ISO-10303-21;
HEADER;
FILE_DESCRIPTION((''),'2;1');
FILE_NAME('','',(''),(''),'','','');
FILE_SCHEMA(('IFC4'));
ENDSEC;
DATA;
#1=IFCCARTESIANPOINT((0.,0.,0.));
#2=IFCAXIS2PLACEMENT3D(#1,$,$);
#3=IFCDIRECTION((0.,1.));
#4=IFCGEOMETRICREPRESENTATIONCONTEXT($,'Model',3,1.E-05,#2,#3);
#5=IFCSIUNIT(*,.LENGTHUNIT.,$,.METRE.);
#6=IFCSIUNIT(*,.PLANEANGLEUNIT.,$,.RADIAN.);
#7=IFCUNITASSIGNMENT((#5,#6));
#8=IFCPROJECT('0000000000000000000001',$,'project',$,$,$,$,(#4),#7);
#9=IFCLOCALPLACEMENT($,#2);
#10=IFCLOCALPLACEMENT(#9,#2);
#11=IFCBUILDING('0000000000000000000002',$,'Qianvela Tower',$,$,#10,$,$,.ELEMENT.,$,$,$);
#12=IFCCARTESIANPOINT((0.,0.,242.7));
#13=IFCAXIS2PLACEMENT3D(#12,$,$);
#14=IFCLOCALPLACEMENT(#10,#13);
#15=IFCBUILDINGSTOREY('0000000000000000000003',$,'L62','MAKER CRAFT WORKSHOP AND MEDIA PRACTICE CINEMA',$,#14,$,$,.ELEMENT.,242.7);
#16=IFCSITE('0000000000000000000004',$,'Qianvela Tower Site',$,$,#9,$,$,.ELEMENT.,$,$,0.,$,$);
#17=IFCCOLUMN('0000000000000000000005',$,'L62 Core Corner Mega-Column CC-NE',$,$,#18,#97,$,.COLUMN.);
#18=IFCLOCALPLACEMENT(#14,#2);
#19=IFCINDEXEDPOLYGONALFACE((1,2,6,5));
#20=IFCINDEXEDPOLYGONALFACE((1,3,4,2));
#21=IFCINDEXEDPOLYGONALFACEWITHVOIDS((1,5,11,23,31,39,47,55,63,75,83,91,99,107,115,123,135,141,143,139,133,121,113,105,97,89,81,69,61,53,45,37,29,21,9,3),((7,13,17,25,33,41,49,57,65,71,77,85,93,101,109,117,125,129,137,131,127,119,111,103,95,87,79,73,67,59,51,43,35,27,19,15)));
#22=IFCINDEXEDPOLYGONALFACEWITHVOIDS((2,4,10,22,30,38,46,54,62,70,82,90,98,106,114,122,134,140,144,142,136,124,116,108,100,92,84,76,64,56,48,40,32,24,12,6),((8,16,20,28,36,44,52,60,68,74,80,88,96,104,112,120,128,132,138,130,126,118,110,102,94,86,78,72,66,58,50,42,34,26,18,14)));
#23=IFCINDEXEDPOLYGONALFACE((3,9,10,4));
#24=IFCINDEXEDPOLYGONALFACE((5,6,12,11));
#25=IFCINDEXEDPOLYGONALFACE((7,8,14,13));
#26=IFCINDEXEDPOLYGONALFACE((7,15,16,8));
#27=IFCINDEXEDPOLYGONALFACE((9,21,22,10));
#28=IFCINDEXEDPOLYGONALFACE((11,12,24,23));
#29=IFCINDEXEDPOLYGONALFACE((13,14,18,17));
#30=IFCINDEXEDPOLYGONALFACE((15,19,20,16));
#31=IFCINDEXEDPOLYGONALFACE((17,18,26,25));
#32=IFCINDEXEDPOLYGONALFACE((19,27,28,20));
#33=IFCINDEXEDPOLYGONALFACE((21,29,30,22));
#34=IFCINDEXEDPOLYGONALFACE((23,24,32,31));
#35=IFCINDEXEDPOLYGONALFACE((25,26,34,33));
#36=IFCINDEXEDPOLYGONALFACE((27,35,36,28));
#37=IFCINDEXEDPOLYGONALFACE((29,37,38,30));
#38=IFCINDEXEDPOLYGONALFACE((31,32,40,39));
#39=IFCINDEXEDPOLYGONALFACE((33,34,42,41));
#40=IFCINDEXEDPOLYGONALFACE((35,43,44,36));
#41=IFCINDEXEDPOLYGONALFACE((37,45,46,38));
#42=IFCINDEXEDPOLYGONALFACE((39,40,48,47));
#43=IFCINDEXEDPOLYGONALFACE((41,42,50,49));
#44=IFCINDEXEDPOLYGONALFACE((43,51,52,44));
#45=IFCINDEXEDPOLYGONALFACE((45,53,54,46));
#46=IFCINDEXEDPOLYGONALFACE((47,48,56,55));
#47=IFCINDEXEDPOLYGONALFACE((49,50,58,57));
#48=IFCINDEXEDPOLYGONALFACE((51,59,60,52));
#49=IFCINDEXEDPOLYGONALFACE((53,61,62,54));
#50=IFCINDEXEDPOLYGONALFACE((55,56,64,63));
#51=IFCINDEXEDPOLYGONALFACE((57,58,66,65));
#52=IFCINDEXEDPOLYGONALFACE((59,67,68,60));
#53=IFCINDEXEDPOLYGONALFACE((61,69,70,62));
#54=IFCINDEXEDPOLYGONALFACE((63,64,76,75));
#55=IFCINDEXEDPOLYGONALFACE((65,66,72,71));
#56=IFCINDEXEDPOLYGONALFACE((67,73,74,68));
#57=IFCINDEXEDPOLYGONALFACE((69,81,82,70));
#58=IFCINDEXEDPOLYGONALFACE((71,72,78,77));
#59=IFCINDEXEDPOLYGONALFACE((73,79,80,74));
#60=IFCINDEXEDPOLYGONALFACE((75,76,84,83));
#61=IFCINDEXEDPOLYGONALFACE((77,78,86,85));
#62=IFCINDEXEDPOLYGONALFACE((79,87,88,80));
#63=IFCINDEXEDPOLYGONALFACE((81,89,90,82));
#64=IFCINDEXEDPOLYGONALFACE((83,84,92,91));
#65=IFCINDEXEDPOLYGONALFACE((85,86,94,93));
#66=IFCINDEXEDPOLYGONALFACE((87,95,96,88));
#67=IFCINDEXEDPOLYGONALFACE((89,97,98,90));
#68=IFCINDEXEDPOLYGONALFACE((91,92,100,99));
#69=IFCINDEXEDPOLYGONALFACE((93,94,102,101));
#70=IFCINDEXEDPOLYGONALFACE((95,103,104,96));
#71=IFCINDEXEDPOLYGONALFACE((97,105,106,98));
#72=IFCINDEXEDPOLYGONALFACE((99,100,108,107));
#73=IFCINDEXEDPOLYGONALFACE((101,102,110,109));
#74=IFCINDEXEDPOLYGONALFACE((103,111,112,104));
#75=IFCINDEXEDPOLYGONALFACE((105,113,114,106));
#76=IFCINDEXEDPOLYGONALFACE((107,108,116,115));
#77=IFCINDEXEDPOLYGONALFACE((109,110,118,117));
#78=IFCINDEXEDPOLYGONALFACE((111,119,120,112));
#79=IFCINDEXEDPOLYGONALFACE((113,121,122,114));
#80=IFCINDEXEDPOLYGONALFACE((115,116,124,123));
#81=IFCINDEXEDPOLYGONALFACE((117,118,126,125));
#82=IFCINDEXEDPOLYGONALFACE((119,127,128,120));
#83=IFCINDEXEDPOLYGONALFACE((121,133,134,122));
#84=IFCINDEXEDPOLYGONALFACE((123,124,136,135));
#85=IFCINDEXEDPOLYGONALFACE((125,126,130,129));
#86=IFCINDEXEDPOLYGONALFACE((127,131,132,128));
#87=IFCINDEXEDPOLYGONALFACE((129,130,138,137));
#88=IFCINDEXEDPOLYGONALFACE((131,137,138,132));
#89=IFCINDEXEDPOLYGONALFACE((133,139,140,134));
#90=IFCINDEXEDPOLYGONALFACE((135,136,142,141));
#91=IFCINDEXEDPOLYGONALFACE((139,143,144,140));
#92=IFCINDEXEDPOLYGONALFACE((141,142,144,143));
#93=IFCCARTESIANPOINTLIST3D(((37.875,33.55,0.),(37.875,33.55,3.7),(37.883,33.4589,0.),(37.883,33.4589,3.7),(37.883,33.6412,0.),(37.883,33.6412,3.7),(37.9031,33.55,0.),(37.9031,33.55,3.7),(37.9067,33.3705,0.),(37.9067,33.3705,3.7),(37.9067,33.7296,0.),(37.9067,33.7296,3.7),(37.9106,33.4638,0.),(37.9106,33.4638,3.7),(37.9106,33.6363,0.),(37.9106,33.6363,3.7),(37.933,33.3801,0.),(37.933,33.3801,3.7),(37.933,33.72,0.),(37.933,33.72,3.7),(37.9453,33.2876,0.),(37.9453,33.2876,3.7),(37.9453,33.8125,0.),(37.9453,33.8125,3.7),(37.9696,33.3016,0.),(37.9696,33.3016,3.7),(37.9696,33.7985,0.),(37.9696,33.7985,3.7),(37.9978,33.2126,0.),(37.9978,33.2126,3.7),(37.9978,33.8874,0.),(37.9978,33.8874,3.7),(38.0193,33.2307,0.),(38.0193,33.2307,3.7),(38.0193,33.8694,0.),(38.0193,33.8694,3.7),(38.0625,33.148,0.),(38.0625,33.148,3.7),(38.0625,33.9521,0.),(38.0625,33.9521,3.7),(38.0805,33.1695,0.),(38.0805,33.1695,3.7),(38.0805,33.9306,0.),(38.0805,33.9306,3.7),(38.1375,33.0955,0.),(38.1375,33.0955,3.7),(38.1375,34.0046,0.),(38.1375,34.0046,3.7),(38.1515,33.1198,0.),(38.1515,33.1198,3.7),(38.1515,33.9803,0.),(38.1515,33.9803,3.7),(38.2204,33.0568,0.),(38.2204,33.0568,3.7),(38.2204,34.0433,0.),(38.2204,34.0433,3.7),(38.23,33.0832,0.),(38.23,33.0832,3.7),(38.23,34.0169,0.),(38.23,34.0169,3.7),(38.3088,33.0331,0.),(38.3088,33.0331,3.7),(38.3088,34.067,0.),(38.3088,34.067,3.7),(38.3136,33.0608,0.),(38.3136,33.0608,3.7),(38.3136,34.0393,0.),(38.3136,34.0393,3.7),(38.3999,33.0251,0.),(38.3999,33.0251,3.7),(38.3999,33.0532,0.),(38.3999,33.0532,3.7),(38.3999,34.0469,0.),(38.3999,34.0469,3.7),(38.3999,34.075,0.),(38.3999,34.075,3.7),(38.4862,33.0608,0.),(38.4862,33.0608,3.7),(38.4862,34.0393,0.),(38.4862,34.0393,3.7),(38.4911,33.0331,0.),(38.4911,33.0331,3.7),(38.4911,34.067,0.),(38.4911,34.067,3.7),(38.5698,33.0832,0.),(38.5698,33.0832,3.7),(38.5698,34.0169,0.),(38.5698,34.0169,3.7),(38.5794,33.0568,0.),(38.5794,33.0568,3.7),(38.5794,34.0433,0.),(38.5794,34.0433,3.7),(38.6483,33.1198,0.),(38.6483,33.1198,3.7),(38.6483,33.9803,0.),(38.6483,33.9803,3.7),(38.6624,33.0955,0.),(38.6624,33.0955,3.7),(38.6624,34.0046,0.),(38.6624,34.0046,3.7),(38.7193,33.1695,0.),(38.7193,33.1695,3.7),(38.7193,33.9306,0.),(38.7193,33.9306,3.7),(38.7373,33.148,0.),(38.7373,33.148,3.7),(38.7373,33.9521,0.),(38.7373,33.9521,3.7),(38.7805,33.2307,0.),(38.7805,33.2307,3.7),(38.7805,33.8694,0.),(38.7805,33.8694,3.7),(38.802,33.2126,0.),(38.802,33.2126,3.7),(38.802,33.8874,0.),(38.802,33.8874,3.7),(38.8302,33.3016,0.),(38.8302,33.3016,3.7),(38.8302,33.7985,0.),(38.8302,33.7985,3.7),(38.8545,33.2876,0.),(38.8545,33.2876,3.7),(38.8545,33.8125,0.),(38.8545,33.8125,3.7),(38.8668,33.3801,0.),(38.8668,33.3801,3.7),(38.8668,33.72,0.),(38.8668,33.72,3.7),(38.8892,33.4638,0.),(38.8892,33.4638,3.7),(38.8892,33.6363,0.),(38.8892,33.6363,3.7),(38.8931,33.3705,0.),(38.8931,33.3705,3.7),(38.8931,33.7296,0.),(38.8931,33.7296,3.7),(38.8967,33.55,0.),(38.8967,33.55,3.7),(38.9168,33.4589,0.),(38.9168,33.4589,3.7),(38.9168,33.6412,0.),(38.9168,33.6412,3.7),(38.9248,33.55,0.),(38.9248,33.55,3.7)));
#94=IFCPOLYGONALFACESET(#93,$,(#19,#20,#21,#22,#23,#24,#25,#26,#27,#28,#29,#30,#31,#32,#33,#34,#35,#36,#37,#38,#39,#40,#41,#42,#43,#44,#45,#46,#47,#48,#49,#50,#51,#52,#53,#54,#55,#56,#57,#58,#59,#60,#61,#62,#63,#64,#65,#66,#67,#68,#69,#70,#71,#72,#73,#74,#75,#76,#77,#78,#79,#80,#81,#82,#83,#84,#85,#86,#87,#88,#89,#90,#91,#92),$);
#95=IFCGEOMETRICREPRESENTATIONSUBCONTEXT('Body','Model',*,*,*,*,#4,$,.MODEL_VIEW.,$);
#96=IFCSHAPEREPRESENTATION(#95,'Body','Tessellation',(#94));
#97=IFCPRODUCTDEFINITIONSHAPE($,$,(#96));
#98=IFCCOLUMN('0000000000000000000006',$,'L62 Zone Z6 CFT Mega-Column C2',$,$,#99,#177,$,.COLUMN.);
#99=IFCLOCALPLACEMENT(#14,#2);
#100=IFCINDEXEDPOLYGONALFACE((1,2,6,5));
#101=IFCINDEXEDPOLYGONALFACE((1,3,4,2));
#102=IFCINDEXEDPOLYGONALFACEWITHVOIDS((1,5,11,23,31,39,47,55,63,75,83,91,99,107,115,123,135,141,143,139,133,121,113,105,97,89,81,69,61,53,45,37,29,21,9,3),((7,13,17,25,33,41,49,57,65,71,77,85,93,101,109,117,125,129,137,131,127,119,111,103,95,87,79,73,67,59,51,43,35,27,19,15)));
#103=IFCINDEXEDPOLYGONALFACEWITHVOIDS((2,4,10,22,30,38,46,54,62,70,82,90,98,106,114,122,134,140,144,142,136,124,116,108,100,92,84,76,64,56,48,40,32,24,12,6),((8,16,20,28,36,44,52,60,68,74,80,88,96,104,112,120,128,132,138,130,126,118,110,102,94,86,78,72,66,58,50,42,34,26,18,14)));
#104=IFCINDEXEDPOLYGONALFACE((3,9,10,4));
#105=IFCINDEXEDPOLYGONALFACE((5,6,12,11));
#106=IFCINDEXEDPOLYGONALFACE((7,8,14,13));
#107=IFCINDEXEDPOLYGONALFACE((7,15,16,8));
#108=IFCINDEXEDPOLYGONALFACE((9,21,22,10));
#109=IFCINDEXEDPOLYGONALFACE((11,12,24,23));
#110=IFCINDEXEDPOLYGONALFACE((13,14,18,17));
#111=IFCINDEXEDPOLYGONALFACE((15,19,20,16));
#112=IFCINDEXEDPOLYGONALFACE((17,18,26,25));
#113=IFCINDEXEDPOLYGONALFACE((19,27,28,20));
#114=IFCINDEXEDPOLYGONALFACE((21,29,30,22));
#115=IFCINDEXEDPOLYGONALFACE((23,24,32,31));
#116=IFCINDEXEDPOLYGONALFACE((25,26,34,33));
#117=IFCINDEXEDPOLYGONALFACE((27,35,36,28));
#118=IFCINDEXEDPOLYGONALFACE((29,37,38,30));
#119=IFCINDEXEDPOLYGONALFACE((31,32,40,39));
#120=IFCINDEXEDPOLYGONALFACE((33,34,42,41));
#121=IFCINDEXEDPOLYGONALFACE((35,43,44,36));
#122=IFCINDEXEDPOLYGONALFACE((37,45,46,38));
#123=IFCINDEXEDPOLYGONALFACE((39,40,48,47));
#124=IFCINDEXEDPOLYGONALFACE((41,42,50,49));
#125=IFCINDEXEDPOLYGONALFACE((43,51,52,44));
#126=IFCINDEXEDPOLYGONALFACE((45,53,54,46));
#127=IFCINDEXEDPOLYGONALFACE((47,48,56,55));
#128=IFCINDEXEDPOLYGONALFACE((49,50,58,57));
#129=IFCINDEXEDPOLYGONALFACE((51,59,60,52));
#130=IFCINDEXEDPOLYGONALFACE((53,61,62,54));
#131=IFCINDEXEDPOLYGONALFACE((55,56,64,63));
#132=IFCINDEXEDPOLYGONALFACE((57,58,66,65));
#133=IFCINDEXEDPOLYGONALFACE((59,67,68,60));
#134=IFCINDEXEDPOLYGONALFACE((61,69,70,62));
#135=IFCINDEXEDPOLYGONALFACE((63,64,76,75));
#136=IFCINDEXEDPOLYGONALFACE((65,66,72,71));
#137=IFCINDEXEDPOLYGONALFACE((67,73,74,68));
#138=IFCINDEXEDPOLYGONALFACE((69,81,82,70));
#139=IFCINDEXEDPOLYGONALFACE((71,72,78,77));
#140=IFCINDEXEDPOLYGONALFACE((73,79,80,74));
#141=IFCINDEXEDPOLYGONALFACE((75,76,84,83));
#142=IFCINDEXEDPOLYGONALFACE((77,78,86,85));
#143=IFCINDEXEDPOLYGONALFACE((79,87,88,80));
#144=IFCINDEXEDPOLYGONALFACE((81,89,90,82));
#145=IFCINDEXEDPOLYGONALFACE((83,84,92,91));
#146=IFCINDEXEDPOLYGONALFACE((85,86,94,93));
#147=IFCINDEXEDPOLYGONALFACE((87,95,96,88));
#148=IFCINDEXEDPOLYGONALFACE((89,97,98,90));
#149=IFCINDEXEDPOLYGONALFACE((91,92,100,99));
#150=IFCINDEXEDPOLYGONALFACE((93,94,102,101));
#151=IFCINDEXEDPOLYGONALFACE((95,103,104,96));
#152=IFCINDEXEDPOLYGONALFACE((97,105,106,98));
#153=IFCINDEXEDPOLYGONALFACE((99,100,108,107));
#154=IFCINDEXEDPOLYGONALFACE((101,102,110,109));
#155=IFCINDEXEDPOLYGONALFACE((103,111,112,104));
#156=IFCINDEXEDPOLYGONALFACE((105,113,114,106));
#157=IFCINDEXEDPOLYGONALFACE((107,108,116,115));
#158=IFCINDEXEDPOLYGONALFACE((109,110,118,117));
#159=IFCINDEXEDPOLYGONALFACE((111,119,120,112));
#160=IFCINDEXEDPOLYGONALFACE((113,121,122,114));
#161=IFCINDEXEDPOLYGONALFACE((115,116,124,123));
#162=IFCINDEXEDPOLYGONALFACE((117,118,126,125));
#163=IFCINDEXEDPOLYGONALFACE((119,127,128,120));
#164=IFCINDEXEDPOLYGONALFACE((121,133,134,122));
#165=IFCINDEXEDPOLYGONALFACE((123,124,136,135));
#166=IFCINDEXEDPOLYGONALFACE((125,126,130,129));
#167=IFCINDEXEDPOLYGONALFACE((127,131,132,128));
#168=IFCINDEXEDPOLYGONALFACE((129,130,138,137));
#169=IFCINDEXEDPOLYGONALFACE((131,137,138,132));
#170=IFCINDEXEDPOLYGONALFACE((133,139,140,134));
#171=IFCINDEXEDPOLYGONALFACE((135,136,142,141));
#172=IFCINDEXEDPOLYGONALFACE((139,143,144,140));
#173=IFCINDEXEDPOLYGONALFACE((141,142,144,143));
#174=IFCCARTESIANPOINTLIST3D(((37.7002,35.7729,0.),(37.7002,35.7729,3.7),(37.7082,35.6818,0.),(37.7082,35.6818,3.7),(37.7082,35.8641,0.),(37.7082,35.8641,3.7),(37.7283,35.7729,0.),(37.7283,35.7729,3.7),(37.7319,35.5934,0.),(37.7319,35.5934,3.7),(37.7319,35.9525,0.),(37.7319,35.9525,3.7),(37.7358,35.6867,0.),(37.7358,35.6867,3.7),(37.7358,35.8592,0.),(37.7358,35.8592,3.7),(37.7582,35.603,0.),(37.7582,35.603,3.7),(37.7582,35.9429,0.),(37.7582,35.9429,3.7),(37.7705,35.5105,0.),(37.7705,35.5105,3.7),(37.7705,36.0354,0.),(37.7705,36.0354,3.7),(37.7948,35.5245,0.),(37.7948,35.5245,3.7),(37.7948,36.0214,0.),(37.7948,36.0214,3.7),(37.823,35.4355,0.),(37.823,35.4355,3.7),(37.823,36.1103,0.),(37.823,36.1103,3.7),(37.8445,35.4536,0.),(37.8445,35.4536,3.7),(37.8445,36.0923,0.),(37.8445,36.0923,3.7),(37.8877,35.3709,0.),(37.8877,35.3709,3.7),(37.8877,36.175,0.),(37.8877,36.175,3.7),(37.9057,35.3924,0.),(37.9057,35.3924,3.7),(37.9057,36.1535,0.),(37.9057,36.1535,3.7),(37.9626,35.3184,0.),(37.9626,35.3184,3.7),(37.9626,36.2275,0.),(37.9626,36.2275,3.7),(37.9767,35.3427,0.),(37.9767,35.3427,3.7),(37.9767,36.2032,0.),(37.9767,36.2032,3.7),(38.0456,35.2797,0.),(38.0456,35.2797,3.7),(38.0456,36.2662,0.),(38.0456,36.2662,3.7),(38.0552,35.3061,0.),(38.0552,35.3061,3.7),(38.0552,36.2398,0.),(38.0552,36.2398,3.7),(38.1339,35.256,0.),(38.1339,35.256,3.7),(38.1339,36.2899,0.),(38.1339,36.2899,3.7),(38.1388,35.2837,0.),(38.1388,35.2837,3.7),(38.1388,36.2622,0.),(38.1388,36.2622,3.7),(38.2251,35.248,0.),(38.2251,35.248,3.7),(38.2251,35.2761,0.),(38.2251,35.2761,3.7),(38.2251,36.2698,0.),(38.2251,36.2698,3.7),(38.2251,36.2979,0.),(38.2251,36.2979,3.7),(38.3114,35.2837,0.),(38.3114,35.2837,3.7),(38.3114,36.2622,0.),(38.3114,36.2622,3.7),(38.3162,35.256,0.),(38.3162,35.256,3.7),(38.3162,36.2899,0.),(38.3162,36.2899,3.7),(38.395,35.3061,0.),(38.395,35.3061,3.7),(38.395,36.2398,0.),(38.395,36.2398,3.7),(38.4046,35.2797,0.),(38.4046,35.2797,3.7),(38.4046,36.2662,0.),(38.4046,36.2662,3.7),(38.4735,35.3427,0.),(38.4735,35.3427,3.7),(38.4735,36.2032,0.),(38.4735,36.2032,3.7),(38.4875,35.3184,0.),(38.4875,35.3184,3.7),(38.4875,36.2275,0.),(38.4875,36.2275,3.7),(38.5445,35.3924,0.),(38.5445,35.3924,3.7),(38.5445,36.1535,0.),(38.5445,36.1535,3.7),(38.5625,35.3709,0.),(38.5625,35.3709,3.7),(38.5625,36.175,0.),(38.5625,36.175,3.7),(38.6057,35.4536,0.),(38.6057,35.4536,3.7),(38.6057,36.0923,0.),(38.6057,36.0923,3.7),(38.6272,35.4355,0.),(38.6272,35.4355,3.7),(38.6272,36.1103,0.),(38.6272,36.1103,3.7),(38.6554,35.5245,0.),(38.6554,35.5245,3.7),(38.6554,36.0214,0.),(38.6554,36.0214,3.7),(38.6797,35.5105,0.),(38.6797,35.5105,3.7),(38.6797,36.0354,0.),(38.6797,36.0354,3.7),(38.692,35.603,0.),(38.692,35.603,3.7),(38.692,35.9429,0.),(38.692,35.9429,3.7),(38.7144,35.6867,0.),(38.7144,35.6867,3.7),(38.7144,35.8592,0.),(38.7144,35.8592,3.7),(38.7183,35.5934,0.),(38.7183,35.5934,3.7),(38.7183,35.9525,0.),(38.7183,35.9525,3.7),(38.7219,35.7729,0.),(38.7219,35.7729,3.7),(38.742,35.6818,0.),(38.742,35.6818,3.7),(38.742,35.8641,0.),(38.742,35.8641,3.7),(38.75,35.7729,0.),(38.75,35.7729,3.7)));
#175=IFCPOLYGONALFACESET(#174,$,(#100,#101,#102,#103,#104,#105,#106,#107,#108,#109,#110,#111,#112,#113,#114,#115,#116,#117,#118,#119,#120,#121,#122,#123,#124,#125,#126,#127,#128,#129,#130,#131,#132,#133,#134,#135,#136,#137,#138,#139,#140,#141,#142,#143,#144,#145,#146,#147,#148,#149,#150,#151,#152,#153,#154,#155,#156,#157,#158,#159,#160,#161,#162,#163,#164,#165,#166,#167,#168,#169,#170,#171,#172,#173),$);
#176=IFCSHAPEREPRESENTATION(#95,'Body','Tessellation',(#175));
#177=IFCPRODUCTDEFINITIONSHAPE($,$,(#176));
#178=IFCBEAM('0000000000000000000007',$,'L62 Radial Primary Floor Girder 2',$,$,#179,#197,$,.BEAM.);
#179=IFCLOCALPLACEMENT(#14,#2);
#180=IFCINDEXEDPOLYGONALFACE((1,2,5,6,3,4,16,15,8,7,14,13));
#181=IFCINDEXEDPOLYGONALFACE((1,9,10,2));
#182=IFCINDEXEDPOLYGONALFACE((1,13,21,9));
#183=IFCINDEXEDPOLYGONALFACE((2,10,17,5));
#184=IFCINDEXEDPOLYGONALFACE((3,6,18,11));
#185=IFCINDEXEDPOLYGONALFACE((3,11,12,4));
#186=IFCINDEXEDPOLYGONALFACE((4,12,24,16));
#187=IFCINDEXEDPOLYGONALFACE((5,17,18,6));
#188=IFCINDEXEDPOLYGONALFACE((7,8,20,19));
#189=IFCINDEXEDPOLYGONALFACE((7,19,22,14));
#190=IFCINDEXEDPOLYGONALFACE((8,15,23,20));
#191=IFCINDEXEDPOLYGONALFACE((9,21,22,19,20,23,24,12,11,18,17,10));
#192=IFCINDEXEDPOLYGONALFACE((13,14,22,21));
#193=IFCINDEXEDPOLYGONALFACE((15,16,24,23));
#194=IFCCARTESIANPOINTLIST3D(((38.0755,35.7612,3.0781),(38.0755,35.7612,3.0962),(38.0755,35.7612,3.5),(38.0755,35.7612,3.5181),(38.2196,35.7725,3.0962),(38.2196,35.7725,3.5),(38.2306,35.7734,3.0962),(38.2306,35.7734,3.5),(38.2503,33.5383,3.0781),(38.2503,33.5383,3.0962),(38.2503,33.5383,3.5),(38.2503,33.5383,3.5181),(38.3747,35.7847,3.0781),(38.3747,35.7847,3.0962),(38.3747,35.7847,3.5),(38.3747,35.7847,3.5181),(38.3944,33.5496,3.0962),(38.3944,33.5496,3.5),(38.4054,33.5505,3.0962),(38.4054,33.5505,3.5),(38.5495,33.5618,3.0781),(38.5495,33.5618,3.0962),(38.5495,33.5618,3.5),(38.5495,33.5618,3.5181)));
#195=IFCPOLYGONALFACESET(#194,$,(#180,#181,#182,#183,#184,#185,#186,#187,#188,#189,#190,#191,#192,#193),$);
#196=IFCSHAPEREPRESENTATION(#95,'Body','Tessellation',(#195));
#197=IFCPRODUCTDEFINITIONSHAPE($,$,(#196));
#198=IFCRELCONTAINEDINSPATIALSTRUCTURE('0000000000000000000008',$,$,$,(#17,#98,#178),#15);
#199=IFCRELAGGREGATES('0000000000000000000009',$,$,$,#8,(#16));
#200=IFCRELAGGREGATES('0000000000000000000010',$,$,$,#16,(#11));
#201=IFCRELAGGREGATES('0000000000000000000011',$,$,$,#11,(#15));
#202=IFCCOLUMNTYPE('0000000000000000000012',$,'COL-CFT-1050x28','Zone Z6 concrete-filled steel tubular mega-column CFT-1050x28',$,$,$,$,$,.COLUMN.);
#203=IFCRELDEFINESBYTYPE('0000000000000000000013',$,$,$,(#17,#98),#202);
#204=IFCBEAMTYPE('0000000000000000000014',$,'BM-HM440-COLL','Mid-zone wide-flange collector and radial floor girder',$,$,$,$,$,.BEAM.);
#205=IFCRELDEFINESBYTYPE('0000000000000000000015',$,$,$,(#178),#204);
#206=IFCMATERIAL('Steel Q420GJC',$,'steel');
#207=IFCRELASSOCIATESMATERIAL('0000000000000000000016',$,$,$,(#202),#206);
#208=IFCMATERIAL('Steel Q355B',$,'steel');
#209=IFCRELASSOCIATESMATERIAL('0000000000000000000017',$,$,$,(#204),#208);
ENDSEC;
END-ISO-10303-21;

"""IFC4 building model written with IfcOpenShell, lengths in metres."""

from ifc_helpers import new_model, si_unit, direction, frame, origin, origin_2d, place, context, subcontext, project, spatial, hollow_circle, i_section, extrude, material, material_profile, profile_set, type_object, element, save


model = new_model("IFC4")

# Units and contexts
model_context = context("Model", 3, precision=1e-05, world=origin(), true_north=direction((0.0, 1.0)))
body_context = subcontext(model_context, "Body", "Model", "MODEL_VIEW")
ifc_project = project(units=[si_unit("LENGTHUNIT", "METRE"), si_unit("PLANEANGLEUNIT", "RADIAN")], contexts=[model_context])

# Site, building, storey
site_placement = place(None, origin())
site = spatial("IfcSite", under=ifc_project, at=site_placement, Name="Qianvela Tower Site", CompositionType="ELEMENT", RefElevation=0.0)
building_placement = place(site_placement, origin())
building = spatial("IfcBuilding", under=site, at=building_placement, Name="Qianvela Tower", CompositionType="ELEMENT")
storey_placement = place(building_placement, frame((0.0, 0.0, 242.7)))
storey = spatial("IfcBuildingStorey", under=building, at=storey_placement, Name="L62", Description="MAKER CRAFT WORKSHOP AND MEDIA PRACTICE CINEMA", CompositionType="ELEMENT", Elevation=242.7)

# Columns
ifc_material_1 = material(Name="Steel Q420GJC", Category="steel")
ifc_material_profile_1 = material_profile(ifc_material_1, hollow_circle(Radius=0.5249, WallThickness=0.0281, at=origin_2d()), Name="CFT-1050x28")
ifc_profile_set_1 = profile_set([ifc_material_profile_1], Name="Steel Q420GJC")
column_type = type_object("IfcColumnType", Name="COL-CFT-1050x28", Description="Zone Z6 concrete-filled steel tubular mega-column CFT-1050x28", PredefinedType="COLUMN", material=ifc_profile_set_1)
for number, where, z_axis, x_axis, name in (
    (1, (38.3999, 33.55, 0.0), (0.0, 0.0, 1.0), (1.0, 0.0, 0.0), "L62 Core Corner Mega-Column CC-NE"),
    (2, (38.2251, 35.7729, 0.0), (0.0, 0.0, 1.0), (1.0, 0.0, 0.0), "L62 Zone Z6 CFT Mega-Column C2"),
):
    element("IfcColumn", number, at=place(storey_placement, frame(where, z_axis=z_axis, x_axis=x_axis)), inside=storey, type_object=column_type, Name=name, PredefinedType="COLUMN", context=body_context, shape_type="SweptSolid", body=[
        extrude(hollow_circle(Radius=0.5249, WallThickness=0.0281, at=origin_2d()), origin(), (0.0, 0.0, 1.0), 3.7),
    ])

# Beam
ifc_material_2 = material(Name="Steel Q355B", Category="steel")
ifc_material_profile_2 = material_profile(ifc_material_2, i_section(OverallWidth=0.3, OverallDepth=0.4399, WebThickness=0.011, FlangeThickness=0.0181, at=origin_2d()), Name="HM440x300x11x18")
ifc_profile_set_2 = profile_set([ifc_material_profile_2], Name="Steel Q355B")
beam_type_1 = type_object("IfcBeamType", Name="BM-HM440-COLL", Description="Mid-zone wide-flange collector and radial floor girder", PredefinedType="BEAM", material=ifc_profile_set_2)
beam_1_placement = place(storey_placement, frame((38.3999, 33.55, 3.2981), z_axis=(-0.078396, 0.996922, 0.0), x_axis=(-0.996922, -0.078396, 0.0)))
element("IfcBeam", 3, at=beam_1_placement, inside=storey, type_object=beam_type_1, Name="L62 Radial Primary Floor Girder 2", PredefinedType="BEAM", context=body_context, shape_type="SweptSolid", body=[
    extrude(i_section(OverallWidth=0.3, OverallDepth=0.4399, WebThickness=0.011, FlangeThickness=0.0181, at=origin_2d()), origin(), (0.0, 0.0, 1.0), 2.2297),
])

save(model, "model.ifc")
